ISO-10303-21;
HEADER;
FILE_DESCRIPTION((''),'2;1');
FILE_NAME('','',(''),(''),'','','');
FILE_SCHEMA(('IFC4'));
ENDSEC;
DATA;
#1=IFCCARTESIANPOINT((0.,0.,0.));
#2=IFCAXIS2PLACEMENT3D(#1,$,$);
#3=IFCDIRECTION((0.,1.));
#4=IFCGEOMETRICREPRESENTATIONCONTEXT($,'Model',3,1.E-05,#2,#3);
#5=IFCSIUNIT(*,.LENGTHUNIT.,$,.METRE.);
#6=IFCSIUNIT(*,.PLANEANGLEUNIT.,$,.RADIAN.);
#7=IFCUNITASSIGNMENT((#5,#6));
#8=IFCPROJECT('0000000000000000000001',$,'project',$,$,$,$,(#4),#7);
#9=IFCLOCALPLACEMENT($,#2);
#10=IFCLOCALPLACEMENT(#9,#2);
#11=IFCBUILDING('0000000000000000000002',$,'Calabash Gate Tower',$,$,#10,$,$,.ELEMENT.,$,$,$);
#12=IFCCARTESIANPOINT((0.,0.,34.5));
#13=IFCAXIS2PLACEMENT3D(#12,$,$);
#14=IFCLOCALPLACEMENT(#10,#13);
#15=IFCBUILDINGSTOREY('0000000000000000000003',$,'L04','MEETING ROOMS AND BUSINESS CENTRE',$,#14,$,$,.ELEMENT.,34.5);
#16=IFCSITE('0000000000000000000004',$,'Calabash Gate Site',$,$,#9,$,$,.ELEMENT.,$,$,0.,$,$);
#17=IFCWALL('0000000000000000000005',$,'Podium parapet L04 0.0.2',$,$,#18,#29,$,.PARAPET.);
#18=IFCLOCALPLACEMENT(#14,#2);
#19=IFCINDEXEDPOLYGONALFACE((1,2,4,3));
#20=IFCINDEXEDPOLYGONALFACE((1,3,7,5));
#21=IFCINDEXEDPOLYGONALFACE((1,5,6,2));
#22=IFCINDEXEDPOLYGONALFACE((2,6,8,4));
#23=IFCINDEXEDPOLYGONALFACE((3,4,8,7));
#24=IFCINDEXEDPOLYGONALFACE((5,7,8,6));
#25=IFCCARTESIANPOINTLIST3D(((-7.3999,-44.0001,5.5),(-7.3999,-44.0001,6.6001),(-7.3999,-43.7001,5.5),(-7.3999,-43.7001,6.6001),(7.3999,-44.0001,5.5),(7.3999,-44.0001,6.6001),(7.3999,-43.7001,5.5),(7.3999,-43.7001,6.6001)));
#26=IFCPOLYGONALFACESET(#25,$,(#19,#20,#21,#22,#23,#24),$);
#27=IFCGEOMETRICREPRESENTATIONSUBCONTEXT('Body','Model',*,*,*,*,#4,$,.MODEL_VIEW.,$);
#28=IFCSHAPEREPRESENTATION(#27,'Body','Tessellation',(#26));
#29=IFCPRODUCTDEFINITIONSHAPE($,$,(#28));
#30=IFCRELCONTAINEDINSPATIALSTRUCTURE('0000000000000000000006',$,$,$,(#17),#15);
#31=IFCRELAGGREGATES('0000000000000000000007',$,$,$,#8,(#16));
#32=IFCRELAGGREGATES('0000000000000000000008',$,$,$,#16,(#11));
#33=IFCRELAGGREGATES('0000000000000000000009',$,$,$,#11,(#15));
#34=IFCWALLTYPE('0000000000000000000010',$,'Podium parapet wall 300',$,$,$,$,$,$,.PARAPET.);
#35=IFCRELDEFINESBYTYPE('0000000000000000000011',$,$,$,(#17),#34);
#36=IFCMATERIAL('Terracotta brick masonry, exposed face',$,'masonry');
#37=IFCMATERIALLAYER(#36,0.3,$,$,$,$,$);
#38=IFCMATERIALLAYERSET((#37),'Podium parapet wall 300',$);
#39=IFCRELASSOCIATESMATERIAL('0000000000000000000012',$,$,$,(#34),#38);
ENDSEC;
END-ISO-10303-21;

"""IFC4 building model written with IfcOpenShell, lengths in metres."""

from ifc_helpers import new_model, si_unit, direction, frame, frame_2d, origin, place, context, subcontext, project, spatial, rectangle, extrude, material, layer, layer_set, type_object, element, save


model = new_model("IFC4")

# Units and contexts
model_context = context("Model", 3, precision=1e-05, world=origin(), true_north=direction((0.0, 1.0)))
body_context = subcontext(model_context, "Body", "Model", "MODEL_VIEW")
ifc_project = project(units=[si_unit("LENGTHUNIT", "METRE"), si_unit("PLANEANGLEUNIT", "RADIAN")], contexts=[model_context])

# Site, building, storey
site_placement = place(None, origin())
site = spatial("IfcSite", under=ifc_project, at=site_placement, Name="Calabash Gate Site", CompositionType="ELEMENT", RefElevation=0.0)
building_placement = place(site_placement, origin())
building = spatial("IfcBuilding", under=site, at=building_placement, Name="Calabash Gate Tower", CompositionType="ELEMENT")
storey_placement = place(building_placement, frame((0.0, 0.0, 34.5)))
storey = spatial("IfcBuildingStorey", under=building, at=storey_placement, Name="L04", Description="MEETING ROOMS AND BUSINESS CENTRE", CompositionType="ELEMENT", Elevation=34.5)

# Wall
ifc_material_1 = material(Name="Terracotta brick masonry, exposed face", Category="masonry")
ifc_layer_1 = layer(ifc_material_1, 0.3)
ifc_layer_set_1 = layer_set([ifc_layer_1], Name="Podium parapet wall 300")
wall_type_1 = type_object("IfcWallType", Name="Podium parapet wall 300", PredefinedType="PARAPET", material=ifc_layer_set_1)
wall_1_placement = place(storey_placement, frame((-7.3999, -43.8501, 5.5), z_axis=(0.0, 0.0, 1.0), x_axis=(1.0, 0.0, 0.0)))
element("IfcWall", 1, at=wall_1_placement, inside=storey, type_object=wall_type_1, Name="Podium parapet L04 0.0.2", PredefinedType="PARAPET", context=body_context, shape_type="SweptSolid", body=[
    extrude(rectangle(XDim=14.7998, YDim=0.3, at=frame_2d((7.3999, 0.0))), origin(), (0.0, 0.0, 1.0), 1.1001),
])

save(model, "model.ifc")
